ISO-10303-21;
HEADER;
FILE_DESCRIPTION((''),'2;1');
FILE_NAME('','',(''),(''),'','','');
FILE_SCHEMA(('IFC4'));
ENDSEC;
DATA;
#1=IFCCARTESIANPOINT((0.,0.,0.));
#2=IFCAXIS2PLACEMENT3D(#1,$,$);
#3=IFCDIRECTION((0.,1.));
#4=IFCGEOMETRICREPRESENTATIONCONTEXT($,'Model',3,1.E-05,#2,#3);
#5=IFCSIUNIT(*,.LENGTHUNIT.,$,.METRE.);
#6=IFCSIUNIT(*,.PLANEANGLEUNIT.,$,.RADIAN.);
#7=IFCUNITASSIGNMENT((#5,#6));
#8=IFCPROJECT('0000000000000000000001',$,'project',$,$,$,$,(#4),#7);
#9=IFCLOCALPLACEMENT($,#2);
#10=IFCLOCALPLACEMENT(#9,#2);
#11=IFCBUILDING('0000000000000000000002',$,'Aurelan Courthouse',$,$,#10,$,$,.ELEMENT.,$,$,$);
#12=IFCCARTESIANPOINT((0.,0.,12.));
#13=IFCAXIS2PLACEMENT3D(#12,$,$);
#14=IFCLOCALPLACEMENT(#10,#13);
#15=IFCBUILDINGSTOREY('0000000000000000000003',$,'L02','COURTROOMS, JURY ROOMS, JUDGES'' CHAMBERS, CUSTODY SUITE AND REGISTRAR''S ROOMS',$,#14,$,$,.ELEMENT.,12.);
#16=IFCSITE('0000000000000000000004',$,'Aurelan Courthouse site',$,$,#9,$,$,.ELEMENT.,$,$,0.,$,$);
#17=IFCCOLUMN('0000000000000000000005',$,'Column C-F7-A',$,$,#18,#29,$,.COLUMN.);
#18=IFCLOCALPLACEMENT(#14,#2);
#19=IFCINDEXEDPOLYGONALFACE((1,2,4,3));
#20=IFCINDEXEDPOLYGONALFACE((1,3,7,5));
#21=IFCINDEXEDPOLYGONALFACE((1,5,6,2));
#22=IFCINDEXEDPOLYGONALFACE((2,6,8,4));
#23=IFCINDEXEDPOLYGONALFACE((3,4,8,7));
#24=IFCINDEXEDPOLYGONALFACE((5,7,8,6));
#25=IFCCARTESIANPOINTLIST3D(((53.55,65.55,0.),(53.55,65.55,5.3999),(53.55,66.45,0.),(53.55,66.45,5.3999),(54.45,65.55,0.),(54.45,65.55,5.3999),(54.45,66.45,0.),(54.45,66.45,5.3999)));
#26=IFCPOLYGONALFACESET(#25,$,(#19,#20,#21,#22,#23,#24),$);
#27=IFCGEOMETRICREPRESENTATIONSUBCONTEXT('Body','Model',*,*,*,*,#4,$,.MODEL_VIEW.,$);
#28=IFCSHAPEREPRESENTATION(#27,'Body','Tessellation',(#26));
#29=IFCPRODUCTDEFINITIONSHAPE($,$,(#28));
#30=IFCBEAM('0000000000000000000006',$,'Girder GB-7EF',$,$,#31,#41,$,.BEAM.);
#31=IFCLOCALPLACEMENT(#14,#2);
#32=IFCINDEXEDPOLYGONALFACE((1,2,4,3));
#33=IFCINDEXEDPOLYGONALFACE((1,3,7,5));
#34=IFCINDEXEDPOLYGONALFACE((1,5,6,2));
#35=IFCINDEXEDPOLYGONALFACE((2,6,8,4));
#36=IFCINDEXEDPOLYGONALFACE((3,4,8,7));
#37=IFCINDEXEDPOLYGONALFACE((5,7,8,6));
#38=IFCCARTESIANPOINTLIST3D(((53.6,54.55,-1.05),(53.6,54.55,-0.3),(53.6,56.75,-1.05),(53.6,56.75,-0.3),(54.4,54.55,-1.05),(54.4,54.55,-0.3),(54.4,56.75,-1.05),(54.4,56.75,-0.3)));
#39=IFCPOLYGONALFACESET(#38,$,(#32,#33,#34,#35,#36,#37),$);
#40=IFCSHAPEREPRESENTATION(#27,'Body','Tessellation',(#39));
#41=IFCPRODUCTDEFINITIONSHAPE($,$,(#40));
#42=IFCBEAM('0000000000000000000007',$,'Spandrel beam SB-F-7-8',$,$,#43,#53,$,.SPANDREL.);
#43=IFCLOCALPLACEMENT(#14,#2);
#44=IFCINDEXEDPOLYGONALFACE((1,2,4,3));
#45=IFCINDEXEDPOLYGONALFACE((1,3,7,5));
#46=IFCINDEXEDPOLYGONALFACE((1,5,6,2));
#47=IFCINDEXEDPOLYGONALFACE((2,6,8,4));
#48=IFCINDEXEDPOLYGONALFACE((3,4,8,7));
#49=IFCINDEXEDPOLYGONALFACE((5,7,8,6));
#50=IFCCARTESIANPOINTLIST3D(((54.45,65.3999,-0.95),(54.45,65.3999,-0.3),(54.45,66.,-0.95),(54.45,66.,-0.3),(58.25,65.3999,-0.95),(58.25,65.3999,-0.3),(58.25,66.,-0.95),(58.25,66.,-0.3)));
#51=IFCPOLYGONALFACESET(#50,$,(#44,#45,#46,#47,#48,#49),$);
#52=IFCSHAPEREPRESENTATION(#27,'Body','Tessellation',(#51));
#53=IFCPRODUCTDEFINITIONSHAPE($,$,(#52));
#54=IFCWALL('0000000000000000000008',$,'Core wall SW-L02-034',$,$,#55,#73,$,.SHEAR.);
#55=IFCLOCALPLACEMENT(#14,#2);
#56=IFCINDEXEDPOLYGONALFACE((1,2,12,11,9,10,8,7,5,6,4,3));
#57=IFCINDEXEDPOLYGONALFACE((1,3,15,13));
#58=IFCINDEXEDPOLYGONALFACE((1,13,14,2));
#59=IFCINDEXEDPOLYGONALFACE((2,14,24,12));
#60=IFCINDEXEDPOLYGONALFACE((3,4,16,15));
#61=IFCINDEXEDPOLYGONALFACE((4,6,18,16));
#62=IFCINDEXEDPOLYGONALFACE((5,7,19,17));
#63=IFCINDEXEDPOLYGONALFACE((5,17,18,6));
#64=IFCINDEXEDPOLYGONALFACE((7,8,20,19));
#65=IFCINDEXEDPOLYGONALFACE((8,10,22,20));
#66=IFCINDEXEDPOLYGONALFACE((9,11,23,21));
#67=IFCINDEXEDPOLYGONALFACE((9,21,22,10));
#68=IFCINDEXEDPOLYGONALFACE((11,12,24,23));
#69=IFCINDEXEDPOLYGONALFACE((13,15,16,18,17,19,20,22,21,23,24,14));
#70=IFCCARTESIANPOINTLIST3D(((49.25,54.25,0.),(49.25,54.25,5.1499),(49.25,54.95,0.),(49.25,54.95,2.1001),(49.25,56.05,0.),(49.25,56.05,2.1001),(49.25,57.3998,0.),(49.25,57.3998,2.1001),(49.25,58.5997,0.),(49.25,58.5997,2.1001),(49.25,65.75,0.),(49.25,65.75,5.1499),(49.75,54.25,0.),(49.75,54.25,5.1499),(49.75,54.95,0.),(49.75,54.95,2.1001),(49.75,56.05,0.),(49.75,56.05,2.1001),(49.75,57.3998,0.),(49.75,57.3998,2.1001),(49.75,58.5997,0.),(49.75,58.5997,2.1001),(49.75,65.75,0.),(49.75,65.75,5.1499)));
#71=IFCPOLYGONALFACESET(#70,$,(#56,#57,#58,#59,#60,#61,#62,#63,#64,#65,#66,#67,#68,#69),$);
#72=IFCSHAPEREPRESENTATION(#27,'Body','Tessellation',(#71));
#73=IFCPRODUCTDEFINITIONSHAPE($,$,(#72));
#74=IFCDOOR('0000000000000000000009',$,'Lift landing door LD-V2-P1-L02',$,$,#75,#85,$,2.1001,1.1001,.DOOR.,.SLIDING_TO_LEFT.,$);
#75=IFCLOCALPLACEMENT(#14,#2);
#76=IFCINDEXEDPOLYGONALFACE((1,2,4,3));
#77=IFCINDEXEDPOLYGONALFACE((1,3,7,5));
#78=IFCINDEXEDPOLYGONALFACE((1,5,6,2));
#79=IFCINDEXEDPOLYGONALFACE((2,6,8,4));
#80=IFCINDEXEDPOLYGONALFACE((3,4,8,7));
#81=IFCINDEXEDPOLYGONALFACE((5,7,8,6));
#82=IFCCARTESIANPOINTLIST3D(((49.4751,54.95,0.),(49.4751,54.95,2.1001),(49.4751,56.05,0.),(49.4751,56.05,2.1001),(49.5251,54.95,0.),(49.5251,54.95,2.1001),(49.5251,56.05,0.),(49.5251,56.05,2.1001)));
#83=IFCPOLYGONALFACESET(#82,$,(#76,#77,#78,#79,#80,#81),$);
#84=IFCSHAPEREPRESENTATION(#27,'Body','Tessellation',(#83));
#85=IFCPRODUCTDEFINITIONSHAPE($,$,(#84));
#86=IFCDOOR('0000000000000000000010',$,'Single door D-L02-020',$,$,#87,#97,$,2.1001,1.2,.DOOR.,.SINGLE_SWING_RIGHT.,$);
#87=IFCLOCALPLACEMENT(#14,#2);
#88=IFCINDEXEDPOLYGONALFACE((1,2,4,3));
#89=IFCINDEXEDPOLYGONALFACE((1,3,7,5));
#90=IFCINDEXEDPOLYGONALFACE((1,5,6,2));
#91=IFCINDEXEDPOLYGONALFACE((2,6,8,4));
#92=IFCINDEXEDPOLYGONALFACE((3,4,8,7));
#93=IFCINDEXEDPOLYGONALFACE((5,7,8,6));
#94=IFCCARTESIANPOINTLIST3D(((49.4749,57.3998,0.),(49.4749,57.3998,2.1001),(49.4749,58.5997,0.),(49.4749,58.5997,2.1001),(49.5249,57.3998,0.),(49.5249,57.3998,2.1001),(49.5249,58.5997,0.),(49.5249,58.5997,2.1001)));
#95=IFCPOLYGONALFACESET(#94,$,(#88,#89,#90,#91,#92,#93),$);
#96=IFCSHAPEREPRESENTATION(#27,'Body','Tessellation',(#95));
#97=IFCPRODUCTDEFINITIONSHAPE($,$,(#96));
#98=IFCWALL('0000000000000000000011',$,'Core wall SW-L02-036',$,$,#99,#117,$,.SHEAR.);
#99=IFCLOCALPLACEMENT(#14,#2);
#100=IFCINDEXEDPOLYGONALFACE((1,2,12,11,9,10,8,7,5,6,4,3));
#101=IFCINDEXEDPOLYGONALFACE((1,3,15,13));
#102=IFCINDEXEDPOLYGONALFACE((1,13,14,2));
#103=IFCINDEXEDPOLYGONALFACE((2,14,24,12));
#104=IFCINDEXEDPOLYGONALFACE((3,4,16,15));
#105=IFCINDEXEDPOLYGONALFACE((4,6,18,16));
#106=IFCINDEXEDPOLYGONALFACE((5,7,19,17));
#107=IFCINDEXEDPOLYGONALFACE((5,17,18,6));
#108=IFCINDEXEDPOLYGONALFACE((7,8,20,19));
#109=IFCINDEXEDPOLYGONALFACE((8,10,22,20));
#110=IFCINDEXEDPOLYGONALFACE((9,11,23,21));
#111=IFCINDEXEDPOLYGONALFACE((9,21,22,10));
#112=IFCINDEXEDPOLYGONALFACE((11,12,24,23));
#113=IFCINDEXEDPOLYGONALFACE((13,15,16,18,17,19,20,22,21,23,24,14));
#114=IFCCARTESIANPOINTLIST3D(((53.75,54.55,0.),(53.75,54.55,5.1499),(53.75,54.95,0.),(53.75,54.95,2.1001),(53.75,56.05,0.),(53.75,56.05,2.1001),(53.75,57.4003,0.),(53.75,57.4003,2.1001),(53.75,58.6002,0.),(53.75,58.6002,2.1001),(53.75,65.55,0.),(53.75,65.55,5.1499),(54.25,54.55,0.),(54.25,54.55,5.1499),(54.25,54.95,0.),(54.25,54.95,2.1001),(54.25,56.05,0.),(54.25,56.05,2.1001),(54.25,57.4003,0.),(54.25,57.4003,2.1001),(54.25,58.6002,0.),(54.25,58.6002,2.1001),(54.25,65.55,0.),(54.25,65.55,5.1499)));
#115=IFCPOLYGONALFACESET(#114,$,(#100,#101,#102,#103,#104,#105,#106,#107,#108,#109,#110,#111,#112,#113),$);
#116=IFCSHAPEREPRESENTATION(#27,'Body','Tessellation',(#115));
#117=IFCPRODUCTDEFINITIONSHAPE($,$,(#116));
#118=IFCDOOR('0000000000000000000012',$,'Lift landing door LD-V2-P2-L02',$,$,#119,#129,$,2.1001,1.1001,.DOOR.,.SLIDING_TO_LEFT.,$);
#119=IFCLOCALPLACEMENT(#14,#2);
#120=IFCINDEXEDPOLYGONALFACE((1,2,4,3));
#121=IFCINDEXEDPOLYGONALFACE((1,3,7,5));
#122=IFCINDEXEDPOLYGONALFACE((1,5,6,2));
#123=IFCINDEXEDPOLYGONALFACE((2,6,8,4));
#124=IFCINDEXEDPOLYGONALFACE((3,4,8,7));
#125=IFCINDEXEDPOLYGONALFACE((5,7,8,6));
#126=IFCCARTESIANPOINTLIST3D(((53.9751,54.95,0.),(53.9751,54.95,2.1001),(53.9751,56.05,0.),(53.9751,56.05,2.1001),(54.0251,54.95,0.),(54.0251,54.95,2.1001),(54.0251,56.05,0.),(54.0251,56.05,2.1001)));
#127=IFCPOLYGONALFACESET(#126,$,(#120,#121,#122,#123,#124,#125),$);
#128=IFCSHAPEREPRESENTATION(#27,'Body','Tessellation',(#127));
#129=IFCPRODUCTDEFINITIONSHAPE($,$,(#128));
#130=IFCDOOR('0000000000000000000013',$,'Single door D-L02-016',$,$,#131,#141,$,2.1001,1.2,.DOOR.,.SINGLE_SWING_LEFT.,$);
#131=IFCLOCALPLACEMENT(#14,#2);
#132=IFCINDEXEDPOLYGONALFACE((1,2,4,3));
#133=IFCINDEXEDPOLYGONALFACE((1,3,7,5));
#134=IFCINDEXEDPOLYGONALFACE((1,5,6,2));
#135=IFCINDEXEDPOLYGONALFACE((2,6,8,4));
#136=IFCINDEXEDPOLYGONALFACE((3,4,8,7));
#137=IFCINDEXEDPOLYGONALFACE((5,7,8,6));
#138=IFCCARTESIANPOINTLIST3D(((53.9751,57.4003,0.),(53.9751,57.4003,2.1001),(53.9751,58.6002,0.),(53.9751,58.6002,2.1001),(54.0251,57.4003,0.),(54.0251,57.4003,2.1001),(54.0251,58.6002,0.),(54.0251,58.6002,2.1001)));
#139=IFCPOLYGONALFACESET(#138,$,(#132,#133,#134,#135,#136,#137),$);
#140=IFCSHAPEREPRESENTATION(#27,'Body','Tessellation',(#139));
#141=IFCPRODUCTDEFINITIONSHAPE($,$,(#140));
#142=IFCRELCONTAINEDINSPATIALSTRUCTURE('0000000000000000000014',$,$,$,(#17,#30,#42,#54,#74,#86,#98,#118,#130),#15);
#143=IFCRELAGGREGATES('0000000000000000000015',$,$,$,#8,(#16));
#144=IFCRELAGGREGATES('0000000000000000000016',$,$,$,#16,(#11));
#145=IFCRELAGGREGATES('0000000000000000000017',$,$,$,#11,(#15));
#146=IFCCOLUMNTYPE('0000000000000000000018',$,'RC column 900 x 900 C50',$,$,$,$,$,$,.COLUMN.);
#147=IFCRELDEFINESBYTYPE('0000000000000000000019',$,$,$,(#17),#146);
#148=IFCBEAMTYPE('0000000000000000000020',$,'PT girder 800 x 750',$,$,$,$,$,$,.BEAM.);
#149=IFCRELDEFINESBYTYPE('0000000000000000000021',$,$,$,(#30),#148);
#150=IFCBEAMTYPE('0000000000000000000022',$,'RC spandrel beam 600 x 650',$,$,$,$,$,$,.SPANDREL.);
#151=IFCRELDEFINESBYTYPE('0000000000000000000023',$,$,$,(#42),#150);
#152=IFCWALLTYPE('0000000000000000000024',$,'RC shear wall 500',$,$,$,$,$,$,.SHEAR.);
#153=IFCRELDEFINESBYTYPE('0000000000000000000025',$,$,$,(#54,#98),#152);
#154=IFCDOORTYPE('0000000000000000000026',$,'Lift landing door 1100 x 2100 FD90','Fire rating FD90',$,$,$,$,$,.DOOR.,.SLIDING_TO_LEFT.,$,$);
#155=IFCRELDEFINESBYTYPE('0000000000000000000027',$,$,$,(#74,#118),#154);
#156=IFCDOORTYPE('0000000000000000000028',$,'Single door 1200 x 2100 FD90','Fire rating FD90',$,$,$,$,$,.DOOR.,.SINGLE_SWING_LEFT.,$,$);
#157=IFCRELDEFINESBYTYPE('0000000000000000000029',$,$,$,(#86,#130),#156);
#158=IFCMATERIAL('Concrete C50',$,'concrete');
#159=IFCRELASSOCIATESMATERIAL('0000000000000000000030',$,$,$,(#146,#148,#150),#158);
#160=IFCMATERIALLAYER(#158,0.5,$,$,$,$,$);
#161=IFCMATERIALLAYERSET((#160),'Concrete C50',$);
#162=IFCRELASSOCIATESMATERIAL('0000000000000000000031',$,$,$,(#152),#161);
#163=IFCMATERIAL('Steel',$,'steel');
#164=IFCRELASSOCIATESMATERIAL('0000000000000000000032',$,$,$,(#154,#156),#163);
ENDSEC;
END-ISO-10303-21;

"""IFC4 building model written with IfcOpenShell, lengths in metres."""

from ifc_helpers import new_model, si_unit, direction, frame, frame_2d, origin, origin_2d, place, context, subcontext, project, spatial, rectangle, extrude, material, layer, layer_set, material_profile, profile_set, type_object, element, fill, save


model = new_model("IFC4")

# Units and contexts
model_context = context("Model", 3, precision=1e-05, world=origin(), true_north=direction((0.0, 1.0)))
body_context = subcontext(model_context, "Body", "Model", "MODEL_VIEW")
ifc_project = project(units=[si_unit("LENGTHUNIT", "METRE"), si_unit("PLANEANGLEUNIT", "RADIAN")], contexts=[model_context])

# Site, building, storey
site_placement = place(None, origin())
site = spatial("IfcSite", under=ifc_project, at=site_placement, Name="Aurelan Courthouse site", CompositionType="ELEMENT", RefElevation=0.0)
building_placement = place(site_placement, origin())
building = spatial("IfcBuilding", under=site, at=building_placement, Name="Aurelan Courthouse", CompositionType="ELEMENT")
storey_placement = place(building_placement, frame((0.0, 0.0, 12.0)))
storey = spatial("IfcBuildingStorey", under=building, at=storey_placement, Name="L02", Description="COURTROOMS, JURY ROOMS, JUDGES' CHAMBERS, CUSTODY SUITE AND REGISTRAR'S ROOMS", CompositionType="ELEMENT", Elevation=12.0)

# Column
ifc_material_1 = material(Name="Concrete C50", Category="concrete")
ifc_material_profile_1 = material_profile(ifc_material_1, rectangle(XDim=0.8999, YDim=0.8999, at=origin_2d()), Name="RC 900 x 900")
ifc_profile_set_1 = profile_set([ifc_material_profile_1], Name="Concrete C50")
column_type = type_object("IfcColumnType", Name="RC column 900 x 900 C50", PredefinedType="COLUMN", material=ifc_profile_set_1)
column_placement = place(storey_placement, frame((54.0, 66.0, 0.0), z_axis=(0.0, 0.0, 1.0), x_axis=(1.0, 0.0, 0.0)))
element("IfcColumn", 1, at=column_placement, inside=storey, type_object=column_type, Name="Column C-F7-A", PredefinedType="COLUMN", context=body_context, shape_type="SweptSolid", body=[
    extrude(rectangle(XDim=0.8999, YDim=0.8999, at=origin_2d()), origin(), (0.0, 0.0, 1.0), 5.3999),
])

# Beams
ifc_material_profile_2 = material_profile(ifc_material_1, rectangle(XDim=0.8, YDim=0.75, at=origin_2d()), Name="RC 800 x 750")
ifc_profile_set_2 = profile_set([ifc_material_profile_2], Name="Concrete C50")
beam_type_1 = type_object("IfcBeamType", Name="PT girder 800 x 750", PredefinedType="BEAM", material=ifc_profile_set_2)
beam_1_placement = place(storey_placement, frame((54.0, 54.55, -0.675), z_axis=(0.0, 1.0, 0.0), x_axis=(-1.0, 0.0, 0.0)))
element("IfcBeam", 2, at=beam_1_placement, inside=storey, type_object=beam_type_1, Name="Girder GB-7EF", PredefinedType="BEAM", context=body_context, shape_type="SweptSolid", body=[
    extrude(rectangle(XDim=0.8, YDim=0.75, at=origin_2d()), origin(), (0.0, 0.0, 1.0), 2.2),
])
ifc_material_profile_3 = material_profile(ifc_material_1, rectangle(XDim=0.6001, YDim=0.6499, at=origin_2d()), Name="RC 600 x 650")
ifc_profile_set_3 = profile_set([ifc_material_profile_3], Name="Concrete C50")
beam_type_2 = type_object("IfcBeamType", Name="RC spandrel beam 600 x 650", PredefinedType="SPANDREL", material=ifc_profile_set_3)
beam_2_placement = place(storey_placement, frame((54.45, 65.7, -0.625), z_axis=(1.0, 0.0, 0.0), x_axis=(0.0, 1.0, 0.0)))
element("IfcBeam", 3, at=beam_2_placement, inside=storey, type_object=beam_type_2, Name="Spandrel beam SB-F-7-8", PredefinedType="SPANDREL", context=body_context, shape_type="SweptSolid", body=[
    extrude(rectangle(XDim=0.6001, YDim=0.6499, at=origin_2d()), origin(), (0.0, 0.0, 1.0), 3.8),
])

# Walls, openings, doors
ifc_layer_1 = layer(ifc_material_1, 0.5)
ifc_layer_set_1 = layer_set([ifc_layer_1], Name="Concrete C50")
wall_type_1 = type_object("IfcWallType", Name="RC shear wall 500", PredefinedType="SHEAR", material=ifc_layer_set_1)
wall_1_placement = place(storey_placement, frame((49.5, 54.25, 0.0), z_axis=(0.0, 0.0, 1.0), x_axis=(0.0, 1.0, 0.0)))
wall_1 = element("IfcWall", 4, at=wall_1_placement, inside=storey, type_object=wall_type_1, Name="Core wall SW-L02-034", PredefinedType="SHEAR", context=body_context, shape_type="SweptSolid", body=[
    extrude(rectangle(XDim=11.5, YDim=0.5, at=frame_2d((5.75, 0.0))), origin(), (0.0, 0.0, 1.0), 5.1499),
])
opening_1_placement = place(wall_1_placement, frame((0.7, 0.0, 0.0)))
opening_1 = element("IfcOpeningElement", 5, at=opening_1_placement, cuts=wall_1, PredefinedType="OPENING", context=body_context, shape_type="SweptSolid", body=[
    extrude(rectangle(XDim=1.1001, YDim=2.1001, at=frame_2d((0.55, 1.05))), frame((0.0, 0.26, 0.0), z_axis=(0.0, -1.0, 0.0), x_axis=(1.0, 0.0, 0.0)), (0.0, 0.0, 1.0), 0.52),
])
opening_2_placement = place(wall_1_placement, frame((4.3499, 0.0, 0.0), z_axis=(0.0, 0.0, 1.0), x_axis=(-1.0, 0.0, 0.0)))
opening_2 = element("IfcOpeningElement", 6, at=opening_2_placement, cuts=wall_1, PredefinedType="OPENING", context=body_context, shape_type="SweptSolid", body=[
    extrude(rectangle(XDim=1.2, YDim=2.1001, at=frame_2d((0.6001, 1.05))), frame((0.0, 0.26, 0.0), z_axis=(0.0, -1.0, 0.0), x_axis=(1.0, 0.0, 0.0)), (0.0, 0.0, 1.0), 0.52),
])
ifc_material_2 = material(Name="Steel", Category="steel")
door_type_1 = type_object("IfcDoorType", Name="Lift landing door 1100 x 2100 FD90", Description="Fire rating FD90", OperationType="SLIDING_TO_LEFT", PredefinedType="DOOR", material=ifc_material_2)
door_1_placement = place(opening_1_placement, origin())
door_1 = element("IfcDoor", 7, at=door_1_placement, inside=storey, type_object=door_type_1, Name="Lift landing door LD-V2-P1-L02", OperationType="SLIDING_TO_LEFT", OverallHeight=2.1001, OverallWidth=1.1001, PredefinedType="DOOR", context=body_context, shape_type="SweptSolid", body=[
    extrude(rectangle(XDim=1.1001, YDim=2.1001, at=frame_2d((0.55, 1.05))), frame((0.0, 0.0249, 0.0), z_axis=(0.0, -1.0, 0.0), x_axis=(1.0, 0.0, 0.0)), (0.0, 0.0, 1.0), 0.05),
])
fill(opening_1, door_1)
door_type_2 = type_object("IfcDoorType", Name="Single door 1200 x 2100 FD90", Description="Fire rating FD90", OperationType="SINGLE_SWING_LEFT", PredefinedType="DOOR", material=ifc_material_2)
door_2_placement = place(opening_2_placement, origin())
door_2 = element("IfcDoor", 8, at=door_2_placement, inside=storey, type_object=door_type_2, Name="Single door D-L02-020", OperationType="SINGLE_SWING_RIGHT", OverallHeight=2.1001, OverallWidth=1.2, PredefinedType="DOOR", context=body_context, shape_type="SweptSolid", body=[
    extrude(rectangle(XDim=1.2, YDim=2.1001, at=frame_2d((0.6001, 1.05))), frame((0.0, 0.0249, 0.0), z_axis=(0.0, -1.0, 0.0), x_axis=(1.0, 0.0, 0.0)), (0.0, 0.0, 1.0), 0.05),
])
fill(opening_2, door_2)
wall_2_placement = place(storey_placement, frame((54.0, 54.55, 0.0), z_axis=(0.0, 0.0, 1.0), x_axis=(0.0, 1.0, 0.0)))
wall_2 = element("IfcWall", 9, at=wall_2_placement, inside=storey, type_object=wall_type_1, Name="Core wall SW-L02-036", PredefinedType="SHEAR", context=body_context, shape_type="SweptSolid", body=[
    extrude(rectangle(XDim=11.0, YDim=0.5, at=frame_2d((5.5, 0.0))), origin(), (0.0, 0.0, 1.0), 5.1499),
])
opening_3_placement = place(wall_2_placement, frame((0.3999, 0.0, 0.0)))
opening_3 = element("IfcOpeningElement", 10, at=opening_3_placement, cuts=wall_2, PredefinedType="OPENING", context=body_context, shape_type="SweptSolid", body=[
    extrude(rectangle(XDim=1.1001, YDim=2.1001, at=frame_2d((0.55, 1.05))), frame((0.0, 0.26, 0.0), z_axis=(0.0, -1.0, 0.0), x_axis=(1.0, 0.0, 0.0)), (0.0, 0.0, 1.0), 0.52),
])
opening_4_placement = place(wall_2_placement, frame((2.8501, 0.0, 0.0)))
opening_4 = element("IfcOpeningElement", 11, at=opening_4_placement, cuts=wall_2, PredefinedType="OPENING", context=body_context, shape_type="SweptSolid", body=[
    extrude(rectangle(XDim=1.2, YDim=2.1001, at=frame_2d((0.6001, 1.05))), frame((0.0, 0.26, 0.0), z_axis=(0.0, -1.0, 0.0), x_axis=(1.0, 0.0, 0.0)), (0.0, 0.0, 1.0), 0.52),
])
door_3_placement = place(opening_3_placement, origin())
door_3 = element("IfcDoor", 12, at=door_3_placement, inside=storey, type_object=door_type_1, Name="Lift landing door LD-V2-P2-L02", OperationType="SLIDING_TO_LEFT", OverallHeight=2.1001, OverallWidth=1.1001, PredefinedType="DOOR", context=body_context, shape_type="SweptSolid", body=[
    extrude(rectangle(XDim=1.1001, YDim=2.1001, at=frame_2d((0.55, 1.05))), frame((0.0, 0.0249, 0.0), z_axis=(0.0, -1.0, 0.0), x_axis=(1.0, 0.0, 0.0)), (0.0, 0.0, 1.0), 0.05),
])
fill(opening_3, door_3)
door_4_placement = place(opening_4_placement, origin())
door_4 = element("IfcDoor", 13, at=door_4_placement, inside=storey, type_object=door_type_2, Name="Single door D-L02-016", OperationType="SINGLE_SWING_LEFT", OverallHeight=2.1001, OverallWidth=1.2, PredefinedType="DOOR", context=body_context, shape_type="SweptSolid", body=[
    extrude(rectangle(XDim=1.2, YDim=2.1001, at=frame_2d((0.6001, 1.05))), frame((0.0, 0.0249, 0.0), z_axis=(0.0, -1.0, 0.0), x_axis=(1.0, 0.0, 0.0)), (0.0, 0.0, 1.0), 0.05),
])
fill(opening_4, door_4)

save(model, "model.ifc")
